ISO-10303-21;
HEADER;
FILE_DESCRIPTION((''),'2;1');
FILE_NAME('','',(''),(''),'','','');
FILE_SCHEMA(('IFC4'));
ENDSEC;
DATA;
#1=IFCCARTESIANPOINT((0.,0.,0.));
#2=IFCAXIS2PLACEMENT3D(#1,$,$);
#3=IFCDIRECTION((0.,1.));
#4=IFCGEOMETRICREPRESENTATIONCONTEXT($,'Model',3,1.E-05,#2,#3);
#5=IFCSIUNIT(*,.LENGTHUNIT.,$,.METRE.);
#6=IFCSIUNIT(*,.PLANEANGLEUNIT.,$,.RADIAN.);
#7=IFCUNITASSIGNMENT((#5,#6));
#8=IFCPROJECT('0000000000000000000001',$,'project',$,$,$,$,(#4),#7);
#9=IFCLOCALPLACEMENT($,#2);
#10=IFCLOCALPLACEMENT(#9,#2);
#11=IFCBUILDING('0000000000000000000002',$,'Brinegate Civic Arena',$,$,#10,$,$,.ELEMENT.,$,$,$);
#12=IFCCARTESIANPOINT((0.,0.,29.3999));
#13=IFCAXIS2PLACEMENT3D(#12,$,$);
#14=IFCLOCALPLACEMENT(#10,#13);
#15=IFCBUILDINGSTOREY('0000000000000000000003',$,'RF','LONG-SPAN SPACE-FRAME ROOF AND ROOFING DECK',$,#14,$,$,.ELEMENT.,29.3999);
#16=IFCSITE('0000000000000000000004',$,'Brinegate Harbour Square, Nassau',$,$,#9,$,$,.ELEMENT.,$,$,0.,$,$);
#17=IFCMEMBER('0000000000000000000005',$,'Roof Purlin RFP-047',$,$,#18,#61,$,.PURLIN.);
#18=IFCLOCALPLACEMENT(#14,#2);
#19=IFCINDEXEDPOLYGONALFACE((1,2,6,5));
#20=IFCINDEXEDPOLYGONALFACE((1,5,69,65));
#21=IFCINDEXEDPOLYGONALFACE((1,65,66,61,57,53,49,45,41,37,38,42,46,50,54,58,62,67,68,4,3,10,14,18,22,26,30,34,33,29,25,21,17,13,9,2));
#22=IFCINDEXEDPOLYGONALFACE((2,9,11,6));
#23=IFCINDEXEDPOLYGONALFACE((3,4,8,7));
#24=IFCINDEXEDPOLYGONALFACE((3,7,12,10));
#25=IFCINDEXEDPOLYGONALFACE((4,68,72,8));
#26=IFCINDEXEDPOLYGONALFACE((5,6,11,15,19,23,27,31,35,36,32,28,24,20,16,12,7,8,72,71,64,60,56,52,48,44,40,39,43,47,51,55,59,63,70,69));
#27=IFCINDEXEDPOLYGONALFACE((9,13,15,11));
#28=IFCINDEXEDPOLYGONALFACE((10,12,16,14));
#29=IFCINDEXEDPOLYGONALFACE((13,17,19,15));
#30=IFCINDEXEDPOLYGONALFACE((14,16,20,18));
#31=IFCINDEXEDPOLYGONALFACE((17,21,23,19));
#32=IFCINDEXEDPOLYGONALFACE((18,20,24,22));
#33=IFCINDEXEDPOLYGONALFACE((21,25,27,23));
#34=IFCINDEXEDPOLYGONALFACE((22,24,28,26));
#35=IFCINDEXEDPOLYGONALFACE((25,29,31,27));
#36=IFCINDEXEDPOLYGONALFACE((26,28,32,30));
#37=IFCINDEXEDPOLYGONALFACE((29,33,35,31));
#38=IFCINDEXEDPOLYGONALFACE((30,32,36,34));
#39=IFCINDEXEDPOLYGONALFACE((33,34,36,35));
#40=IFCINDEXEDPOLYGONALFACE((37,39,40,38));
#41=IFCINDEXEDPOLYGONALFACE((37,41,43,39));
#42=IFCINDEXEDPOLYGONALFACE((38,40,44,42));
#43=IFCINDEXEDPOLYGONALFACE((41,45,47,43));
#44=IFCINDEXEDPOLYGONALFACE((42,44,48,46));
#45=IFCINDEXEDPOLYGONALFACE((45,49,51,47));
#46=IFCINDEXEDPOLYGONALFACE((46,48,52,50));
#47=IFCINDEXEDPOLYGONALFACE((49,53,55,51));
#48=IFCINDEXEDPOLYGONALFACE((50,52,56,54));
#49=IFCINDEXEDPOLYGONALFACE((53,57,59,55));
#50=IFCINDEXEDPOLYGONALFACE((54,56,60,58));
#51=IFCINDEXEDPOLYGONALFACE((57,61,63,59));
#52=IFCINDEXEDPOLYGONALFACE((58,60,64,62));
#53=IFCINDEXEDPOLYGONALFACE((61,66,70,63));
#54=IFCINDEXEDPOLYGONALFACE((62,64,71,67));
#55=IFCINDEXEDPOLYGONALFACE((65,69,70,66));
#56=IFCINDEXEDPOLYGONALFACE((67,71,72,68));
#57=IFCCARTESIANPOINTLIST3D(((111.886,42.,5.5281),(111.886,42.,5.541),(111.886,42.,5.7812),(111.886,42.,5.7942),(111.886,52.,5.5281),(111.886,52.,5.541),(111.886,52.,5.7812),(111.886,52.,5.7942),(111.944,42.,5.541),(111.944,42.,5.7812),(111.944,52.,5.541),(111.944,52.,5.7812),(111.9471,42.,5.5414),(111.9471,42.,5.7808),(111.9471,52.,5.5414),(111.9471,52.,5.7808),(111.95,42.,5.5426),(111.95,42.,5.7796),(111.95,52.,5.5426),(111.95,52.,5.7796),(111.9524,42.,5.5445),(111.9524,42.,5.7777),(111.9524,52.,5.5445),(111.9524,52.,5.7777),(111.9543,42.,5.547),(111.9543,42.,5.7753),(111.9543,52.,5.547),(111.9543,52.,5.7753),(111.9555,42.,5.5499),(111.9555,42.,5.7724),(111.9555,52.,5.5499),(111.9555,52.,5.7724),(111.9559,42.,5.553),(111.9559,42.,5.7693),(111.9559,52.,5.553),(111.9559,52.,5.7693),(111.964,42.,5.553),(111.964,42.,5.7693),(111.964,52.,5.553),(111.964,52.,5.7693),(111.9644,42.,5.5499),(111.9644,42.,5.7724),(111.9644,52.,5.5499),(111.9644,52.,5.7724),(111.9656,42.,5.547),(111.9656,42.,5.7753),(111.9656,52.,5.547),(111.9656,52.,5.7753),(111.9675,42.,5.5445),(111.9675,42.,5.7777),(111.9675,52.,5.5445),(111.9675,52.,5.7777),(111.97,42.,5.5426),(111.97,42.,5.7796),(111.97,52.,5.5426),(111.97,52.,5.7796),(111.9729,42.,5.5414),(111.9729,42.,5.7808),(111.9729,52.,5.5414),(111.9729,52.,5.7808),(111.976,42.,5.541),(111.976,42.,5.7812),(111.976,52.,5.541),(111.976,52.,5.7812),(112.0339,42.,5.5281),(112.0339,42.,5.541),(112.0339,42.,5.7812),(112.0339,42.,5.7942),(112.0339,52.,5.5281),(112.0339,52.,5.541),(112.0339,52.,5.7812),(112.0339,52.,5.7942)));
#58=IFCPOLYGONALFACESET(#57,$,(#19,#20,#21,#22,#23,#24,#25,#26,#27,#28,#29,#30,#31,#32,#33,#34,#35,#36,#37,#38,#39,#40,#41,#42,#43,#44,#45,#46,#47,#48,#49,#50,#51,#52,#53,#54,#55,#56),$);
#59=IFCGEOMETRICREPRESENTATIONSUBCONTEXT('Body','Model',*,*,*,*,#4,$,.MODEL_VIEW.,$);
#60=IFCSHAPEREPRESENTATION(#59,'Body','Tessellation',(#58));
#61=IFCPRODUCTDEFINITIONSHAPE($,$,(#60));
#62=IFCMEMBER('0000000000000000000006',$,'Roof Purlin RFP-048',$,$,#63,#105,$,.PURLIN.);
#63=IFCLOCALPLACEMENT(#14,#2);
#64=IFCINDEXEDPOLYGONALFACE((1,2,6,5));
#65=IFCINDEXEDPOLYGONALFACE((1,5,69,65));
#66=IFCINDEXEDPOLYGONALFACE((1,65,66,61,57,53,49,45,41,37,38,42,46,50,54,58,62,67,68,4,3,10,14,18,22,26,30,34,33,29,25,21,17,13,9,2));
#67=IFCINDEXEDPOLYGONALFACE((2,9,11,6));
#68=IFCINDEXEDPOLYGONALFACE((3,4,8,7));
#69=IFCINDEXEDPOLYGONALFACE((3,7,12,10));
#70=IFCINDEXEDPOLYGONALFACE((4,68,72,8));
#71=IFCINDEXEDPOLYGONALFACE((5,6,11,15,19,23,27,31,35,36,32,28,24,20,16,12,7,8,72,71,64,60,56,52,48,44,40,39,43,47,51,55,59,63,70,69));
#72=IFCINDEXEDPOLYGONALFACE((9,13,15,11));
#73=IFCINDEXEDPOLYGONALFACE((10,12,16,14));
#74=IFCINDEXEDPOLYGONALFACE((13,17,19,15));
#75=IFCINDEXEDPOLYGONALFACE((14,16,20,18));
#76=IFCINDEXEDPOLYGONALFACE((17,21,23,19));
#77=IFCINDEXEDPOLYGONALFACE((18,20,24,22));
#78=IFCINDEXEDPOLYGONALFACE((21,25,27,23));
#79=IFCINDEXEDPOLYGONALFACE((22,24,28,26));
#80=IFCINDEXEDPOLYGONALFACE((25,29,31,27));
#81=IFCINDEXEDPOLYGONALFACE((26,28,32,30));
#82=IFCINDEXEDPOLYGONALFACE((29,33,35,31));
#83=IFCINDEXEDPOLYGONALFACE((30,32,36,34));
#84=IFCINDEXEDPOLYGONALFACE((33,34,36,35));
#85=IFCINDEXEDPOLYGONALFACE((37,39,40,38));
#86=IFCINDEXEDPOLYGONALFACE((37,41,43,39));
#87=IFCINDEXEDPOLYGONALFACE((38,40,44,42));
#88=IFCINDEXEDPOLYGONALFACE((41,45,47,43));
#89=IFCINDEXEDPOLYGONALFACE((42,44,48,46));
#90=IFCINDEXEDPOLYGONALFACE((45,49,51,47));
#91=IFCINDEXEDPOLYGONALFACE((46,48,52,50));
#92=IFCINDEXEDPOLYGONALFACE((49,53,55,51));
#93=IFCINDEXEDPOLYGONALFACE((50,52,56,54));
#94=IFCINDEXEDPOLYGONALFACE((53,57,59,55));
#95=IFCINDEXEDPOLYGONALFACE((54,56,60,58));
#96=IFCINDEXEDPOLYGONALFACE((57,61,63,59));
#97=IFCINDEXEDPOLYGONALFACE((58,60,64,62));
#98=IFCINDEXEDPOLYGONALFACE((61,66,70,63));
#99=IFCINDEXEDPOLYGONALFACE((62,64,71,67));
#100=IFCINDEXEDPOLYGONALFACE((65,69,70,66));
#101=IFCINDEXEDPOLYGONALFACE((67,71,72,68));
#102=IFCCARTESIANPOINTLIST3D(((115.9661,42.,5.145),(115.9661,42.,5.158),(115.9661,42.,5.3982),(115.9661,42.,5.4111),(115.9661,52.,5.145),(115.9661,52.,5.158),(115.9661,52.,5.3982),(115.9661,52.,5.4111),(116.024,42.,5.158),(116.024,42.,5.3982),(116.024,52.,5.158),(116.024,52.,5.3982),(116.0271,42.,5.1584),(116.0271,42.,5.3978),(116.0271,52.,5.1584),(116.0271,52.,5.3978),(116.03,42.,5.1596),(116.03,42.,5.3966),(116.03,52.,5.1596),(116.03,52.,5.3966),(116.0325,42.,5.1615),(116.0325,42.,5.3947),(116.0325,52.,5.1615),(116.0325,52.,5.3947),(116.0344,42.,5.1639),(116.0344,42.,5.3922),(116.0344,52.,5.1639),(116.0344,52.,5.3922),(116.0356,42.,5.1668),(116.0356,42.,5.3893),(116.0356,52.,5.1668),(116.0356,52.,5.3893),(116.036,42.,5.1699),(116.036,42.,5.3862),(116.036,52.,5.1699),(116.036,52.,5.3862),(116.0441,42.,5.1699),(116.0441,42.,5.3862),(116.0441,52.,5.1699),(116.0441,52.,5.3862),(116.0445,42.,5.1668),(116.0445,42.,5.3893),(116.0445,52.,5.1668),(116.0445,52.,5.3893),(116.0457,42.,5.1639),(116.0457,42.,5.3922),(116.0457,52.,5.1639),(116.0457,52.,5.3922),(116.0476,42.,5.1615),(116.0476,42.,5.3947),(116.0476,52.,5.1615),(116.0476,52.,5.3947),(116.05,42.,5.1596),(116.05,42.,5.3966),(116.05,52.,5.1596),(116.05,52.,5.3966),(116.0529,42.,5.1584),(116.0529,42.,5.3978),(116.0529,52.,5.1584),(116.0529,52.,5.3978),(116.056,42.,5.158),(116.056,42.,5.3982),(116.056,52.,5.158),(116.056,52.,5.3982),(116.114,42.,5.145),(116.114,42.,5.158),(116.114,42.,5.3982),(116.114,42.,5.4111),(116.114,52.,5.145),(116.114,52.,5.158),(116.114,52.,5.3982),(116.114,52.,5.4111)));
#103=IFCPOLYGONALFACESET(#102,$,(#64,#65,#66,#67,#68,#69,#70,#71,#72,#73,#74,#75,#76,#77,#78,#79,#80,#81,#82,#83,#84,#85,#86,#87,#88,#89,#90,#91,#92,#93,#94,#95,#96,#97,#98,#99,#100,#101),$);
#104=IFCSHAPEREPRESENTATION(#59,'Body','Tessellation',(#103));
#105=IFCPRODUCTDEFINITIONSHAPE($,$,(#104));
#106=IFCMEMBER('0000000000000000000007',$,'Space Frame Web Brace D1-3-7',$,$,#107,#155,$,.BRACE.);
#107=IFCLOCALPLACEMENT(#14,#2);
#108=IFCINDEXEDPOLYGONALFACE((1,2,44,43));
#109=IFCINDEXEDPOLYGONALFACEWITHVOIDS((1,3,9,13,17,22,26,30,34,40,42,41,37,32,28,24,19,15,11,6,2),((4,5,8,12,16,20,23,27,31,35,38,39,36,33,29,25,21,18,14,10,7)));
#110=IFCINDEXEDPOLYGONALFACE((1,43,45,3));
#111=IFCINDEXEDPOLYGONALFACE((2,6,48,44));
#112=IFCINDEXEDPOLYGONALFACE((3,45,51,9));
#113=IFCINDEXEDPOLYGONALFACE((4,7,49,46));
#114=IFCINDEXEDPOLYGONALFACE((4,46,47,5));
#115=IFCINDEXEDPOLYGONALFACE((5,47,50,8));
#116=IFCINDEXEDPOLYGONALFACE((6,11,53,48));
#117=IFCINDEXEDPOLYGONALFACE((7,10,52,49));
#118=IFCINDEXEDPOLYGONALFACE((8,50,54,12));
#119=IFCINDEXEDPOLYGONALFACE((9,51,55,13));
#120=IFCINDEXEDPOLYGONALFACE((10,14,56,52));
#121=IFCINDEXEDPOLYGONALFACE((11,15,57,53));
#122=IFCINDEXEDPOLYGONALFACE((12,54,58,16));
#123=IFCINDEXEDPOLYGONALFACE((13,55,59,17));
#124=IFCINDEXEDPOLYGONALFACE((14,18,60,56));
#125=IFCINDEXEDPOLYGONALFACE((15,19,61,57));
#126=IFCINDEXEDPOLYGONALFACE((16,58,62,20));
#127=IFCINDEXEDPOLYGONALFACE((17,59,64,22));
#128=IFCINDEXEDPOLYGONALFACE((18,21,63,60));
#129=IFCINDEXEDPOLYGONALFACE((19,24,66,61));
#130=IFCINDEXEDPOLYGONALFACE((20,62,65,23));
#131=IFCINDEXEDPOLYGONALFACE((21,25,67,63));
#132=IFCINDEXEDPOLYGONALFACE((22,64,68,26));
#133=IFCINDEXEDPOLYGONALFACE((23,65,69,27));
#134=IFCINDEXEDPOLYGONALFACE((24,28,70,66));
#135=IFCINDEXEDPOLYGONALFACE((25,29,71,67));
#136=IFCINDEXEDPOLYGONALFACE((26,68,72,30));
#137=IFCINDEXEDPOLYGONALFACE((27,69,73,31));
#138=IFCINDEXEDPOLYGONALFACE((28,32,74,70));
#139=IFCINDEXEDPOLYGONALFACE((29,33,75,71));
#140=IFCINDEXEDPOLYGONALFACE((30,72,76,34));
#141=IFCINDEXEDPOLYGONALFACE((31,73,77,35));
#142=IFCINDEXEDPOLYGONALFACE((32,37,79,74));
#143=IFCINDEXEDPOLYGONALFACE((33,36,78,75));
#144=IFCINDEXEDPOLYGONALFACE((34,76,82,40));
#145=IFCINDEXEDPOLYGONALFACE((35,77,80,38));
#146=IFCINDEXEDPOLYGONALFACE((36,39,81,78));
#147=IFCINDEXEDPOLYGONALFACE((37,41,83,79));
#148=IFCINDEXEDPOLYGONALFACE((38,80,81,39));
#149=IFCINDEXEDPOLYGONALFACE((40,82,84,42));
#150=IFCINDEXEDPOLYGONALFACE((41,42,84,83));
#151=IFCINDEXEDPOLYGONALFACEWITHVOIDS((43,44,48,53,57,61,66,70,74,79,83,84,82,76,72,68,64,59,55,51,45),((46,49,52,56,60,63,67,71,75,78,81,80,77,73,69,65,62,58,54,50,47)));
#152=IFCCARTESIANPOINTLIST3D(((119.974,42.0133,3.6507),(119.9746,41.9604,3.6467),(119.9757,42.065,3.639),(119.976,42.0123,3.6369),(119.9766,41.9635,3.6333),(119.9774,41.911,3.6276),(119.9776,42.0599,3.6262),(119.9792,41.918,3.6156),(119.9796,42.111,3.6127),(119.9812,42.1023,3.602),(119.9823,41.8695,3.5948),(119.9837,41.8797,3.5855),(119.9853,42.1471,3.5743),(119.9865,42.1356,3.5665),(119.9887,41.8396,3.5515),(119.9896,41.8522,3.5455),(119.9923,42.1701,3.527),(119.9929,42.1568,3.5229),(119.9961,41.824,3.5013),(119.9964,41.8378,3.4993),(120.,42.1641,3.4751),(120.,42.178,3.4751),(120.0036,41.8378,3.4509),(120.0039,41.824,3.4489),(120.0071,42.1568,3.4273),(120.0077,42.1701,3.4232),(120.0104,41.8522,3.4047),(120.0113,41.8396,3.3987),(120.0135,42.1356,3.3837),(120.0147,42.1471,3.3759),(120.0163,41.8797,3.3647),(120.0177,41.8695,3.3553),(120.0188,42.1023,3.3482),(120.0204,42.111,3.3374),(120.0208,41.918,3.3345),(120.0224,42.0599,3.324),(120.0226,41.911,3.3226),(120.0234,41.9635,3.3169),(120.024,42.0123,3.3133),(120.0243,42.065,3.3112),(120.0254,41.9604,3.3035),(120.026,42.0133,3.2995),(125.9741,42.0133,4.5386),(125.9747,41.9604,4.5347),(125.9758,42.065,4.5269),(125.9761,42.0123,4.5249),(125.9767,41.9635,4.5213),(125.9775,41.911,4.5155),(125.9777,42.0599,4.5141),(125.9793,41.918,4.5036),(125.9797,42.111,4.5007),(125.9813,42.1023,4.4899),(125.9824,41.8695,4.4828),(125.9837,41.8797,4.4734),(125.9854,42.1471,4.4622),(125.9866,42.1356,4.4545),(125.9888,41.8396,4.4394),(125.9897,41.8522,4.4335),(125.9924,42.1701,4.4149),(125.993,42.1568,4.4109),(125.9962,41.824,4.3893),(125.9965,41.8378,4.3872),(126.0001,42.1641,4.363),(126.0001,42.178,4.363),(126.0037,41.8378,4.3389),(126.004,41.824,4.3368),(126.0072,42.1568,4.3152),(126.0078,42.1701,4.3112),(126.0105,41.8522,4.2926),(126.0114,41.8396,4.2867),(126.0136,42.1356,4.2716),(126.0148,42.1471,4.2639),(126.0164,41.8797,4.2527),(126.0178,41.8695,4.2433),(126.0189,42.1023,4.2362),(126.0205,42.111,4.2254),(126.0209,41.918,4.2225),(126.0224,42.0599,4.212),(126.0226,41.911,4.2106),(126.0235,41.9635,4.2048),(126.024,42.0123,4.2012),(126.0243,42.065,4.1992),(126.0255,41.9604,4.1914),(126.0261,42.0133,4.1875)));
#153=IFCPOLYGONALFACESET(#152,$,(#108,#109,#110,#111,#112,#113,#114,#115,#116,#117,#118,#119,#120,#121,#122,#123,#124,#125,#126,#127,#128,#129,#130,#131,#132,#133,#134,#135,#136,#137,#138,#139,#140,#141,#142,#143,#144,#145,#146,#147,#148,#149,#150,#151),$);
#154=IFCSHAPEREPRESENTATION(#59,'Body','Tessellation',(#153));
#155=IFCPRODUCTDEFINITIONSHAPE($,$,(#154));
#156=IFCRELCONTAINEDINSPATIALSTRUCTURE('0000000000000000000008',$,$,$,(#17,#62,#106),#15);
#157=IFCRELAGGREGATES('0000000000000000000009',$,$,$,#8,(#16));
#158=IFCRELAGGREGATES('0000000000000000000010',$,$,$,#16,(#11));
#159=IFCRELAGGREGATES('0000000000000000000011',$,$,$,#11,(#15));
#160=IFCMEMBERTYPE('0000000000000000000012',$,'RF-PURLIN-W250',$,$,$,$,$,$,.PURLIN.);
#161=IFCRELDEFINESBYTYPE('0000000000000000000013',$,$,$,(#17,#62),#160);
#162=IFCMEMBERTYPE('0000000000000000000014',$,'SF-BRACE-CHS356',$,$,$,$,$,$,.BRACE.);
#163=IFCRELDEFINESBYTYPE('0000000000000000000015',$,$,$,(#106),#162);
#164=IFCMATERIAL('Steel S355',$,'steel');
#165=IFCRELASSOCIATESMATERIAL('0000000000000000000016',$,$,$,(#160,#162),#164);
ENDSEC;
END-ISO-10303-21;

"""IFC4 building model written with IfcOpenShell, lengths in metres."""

from ifc_helpers import new_model, si_unit, direction, frame, origin, origin_2d, place, context, subcontext, project, spatial, hollow_circle, i_section, extrude, material, material_profile, profile_set, type_object, element, save


model = new_model("IFC4")

# Units and contexts
model_context = context("Model", 3, precision=1e-05, world=origin(), true_north=direction((0.0, 1.0)))
body_context = subcontext(model_context, "Body", "Model", "MODEL_VIEW")
ifc_project = project(units=[si_unit("LENGTHUNIT", "METRE"), si_unit("PLANEANGLEUNIT", "RADIAN")], contexts=[model_context])

# Site, building, storey
site_placement = place(None, origin())
site = spatial("IfcSite", under=ifc_project, at=site_placement, Name="Brinegate Harbour Square, Nassau", CompositionType="ELEMENT", RefElevation=0.0)
building_placement = place(site_placement, origin())
building = spatial("IfcBuilding", under=site, at=building_placement, Name="Brinegate Civic Arena", CompositionType="ELEMENT")
storey_placement = place(building_placement, frame((0.0, 0.0, 29.3999)))
storey = spatial("IfcBuildingStorey", under=building, at=storey_placement, Name="RF", Description="LONG-SPAN SPACE-FRAME ROOF AND ROOFING DECK", CompositionType="ELEMENT", Elevation=29.3999)

# Members
ifc_material = material(Name="Steel S355", Category="steel")
ifc_material_profile_1 = material_profile(ifc_material, i_section(OverallWidth=0.1479, OverallDepth=0.2661, WebThickness=0.0081, FlangeThickness=0.0129, FilletRadius=0.012, at=origin_2d()), Name="W250X45")
ifc_profile_set_1 = profile_set([ifc_material_profile_1], Name="Steel S355")
member_type_1 = type_object("IfcMemberType", Name="RF-PURLIN-W250", PredefinedType="PURLIN", material=ifc_profile_set_1)
for number, where, z_axis, x_axis, name in (
    (1, (111.96, 42.0, 5.6611), (0.0, 1.0, 0.0), (-1.0, 0.0, 0.0), "Roof Purlin RFP-047"),
    (2, (116.04, 42.0, 5.2781), (0.0, 1.0, 0.0), (-1.0, 0.0, 0.0), "Roof Purlin RFP-048"),
):
    element("IfcMember", number, at=place(storey_placement, frame(where, z_axis=z_axis, x_axis=x_axis)), inside=storey, type_object=member_type_1, Name=name, PredefinedType="PURLIN", context=body_context, shape_type="SweptSolid", body=[
        extrude(i_section(OverallWidth=0.1479, OverallDepth=0.2661, WebThickness=0.0081, FlangeThickness=0.0129, FilletRadius=0.012, at=origin_2d()), origin(), (0.0, 0.0, 1.0), 10.0),
    ])
ifc_material_profile_2 = material_profile(ifc_material, hollow_circle(Radius=0.178, WallThickness=0.0139, at=origin_2d()), Name="CHS356X14")
ifc_profile_set_2 = profile_set([ifc_material_profile_2], Name="Steel S355")
member_type_2 = type_object("IfcMemberType", Name="SF-BRACE-CHS356", PredefinedType="BRACE", material=ifc_profile_set_2)
member_1_placement = place(storey_placement, frame((120.0, 42.0, 3.4751), z_axis=(0.989226, 0.0, 0.146395), x_axis=(0.0, 1.0, 0.0)))
element("IfcMember", 3, at=member_1_placement, inside=storey, type_object=member_type_2, Name="Space Frame Web Brace D1-3-7", PredefinedType="BRACE", context=body_context, shape_type="SweptSolid", body=[
    extrude(hollow_circle(Radius=0.178, WallThickness=0.0139, at=origin_2d()), origin(), (0.0, 0.0, 1.0), 6.0654),
])

save(model, "model.ifc")
